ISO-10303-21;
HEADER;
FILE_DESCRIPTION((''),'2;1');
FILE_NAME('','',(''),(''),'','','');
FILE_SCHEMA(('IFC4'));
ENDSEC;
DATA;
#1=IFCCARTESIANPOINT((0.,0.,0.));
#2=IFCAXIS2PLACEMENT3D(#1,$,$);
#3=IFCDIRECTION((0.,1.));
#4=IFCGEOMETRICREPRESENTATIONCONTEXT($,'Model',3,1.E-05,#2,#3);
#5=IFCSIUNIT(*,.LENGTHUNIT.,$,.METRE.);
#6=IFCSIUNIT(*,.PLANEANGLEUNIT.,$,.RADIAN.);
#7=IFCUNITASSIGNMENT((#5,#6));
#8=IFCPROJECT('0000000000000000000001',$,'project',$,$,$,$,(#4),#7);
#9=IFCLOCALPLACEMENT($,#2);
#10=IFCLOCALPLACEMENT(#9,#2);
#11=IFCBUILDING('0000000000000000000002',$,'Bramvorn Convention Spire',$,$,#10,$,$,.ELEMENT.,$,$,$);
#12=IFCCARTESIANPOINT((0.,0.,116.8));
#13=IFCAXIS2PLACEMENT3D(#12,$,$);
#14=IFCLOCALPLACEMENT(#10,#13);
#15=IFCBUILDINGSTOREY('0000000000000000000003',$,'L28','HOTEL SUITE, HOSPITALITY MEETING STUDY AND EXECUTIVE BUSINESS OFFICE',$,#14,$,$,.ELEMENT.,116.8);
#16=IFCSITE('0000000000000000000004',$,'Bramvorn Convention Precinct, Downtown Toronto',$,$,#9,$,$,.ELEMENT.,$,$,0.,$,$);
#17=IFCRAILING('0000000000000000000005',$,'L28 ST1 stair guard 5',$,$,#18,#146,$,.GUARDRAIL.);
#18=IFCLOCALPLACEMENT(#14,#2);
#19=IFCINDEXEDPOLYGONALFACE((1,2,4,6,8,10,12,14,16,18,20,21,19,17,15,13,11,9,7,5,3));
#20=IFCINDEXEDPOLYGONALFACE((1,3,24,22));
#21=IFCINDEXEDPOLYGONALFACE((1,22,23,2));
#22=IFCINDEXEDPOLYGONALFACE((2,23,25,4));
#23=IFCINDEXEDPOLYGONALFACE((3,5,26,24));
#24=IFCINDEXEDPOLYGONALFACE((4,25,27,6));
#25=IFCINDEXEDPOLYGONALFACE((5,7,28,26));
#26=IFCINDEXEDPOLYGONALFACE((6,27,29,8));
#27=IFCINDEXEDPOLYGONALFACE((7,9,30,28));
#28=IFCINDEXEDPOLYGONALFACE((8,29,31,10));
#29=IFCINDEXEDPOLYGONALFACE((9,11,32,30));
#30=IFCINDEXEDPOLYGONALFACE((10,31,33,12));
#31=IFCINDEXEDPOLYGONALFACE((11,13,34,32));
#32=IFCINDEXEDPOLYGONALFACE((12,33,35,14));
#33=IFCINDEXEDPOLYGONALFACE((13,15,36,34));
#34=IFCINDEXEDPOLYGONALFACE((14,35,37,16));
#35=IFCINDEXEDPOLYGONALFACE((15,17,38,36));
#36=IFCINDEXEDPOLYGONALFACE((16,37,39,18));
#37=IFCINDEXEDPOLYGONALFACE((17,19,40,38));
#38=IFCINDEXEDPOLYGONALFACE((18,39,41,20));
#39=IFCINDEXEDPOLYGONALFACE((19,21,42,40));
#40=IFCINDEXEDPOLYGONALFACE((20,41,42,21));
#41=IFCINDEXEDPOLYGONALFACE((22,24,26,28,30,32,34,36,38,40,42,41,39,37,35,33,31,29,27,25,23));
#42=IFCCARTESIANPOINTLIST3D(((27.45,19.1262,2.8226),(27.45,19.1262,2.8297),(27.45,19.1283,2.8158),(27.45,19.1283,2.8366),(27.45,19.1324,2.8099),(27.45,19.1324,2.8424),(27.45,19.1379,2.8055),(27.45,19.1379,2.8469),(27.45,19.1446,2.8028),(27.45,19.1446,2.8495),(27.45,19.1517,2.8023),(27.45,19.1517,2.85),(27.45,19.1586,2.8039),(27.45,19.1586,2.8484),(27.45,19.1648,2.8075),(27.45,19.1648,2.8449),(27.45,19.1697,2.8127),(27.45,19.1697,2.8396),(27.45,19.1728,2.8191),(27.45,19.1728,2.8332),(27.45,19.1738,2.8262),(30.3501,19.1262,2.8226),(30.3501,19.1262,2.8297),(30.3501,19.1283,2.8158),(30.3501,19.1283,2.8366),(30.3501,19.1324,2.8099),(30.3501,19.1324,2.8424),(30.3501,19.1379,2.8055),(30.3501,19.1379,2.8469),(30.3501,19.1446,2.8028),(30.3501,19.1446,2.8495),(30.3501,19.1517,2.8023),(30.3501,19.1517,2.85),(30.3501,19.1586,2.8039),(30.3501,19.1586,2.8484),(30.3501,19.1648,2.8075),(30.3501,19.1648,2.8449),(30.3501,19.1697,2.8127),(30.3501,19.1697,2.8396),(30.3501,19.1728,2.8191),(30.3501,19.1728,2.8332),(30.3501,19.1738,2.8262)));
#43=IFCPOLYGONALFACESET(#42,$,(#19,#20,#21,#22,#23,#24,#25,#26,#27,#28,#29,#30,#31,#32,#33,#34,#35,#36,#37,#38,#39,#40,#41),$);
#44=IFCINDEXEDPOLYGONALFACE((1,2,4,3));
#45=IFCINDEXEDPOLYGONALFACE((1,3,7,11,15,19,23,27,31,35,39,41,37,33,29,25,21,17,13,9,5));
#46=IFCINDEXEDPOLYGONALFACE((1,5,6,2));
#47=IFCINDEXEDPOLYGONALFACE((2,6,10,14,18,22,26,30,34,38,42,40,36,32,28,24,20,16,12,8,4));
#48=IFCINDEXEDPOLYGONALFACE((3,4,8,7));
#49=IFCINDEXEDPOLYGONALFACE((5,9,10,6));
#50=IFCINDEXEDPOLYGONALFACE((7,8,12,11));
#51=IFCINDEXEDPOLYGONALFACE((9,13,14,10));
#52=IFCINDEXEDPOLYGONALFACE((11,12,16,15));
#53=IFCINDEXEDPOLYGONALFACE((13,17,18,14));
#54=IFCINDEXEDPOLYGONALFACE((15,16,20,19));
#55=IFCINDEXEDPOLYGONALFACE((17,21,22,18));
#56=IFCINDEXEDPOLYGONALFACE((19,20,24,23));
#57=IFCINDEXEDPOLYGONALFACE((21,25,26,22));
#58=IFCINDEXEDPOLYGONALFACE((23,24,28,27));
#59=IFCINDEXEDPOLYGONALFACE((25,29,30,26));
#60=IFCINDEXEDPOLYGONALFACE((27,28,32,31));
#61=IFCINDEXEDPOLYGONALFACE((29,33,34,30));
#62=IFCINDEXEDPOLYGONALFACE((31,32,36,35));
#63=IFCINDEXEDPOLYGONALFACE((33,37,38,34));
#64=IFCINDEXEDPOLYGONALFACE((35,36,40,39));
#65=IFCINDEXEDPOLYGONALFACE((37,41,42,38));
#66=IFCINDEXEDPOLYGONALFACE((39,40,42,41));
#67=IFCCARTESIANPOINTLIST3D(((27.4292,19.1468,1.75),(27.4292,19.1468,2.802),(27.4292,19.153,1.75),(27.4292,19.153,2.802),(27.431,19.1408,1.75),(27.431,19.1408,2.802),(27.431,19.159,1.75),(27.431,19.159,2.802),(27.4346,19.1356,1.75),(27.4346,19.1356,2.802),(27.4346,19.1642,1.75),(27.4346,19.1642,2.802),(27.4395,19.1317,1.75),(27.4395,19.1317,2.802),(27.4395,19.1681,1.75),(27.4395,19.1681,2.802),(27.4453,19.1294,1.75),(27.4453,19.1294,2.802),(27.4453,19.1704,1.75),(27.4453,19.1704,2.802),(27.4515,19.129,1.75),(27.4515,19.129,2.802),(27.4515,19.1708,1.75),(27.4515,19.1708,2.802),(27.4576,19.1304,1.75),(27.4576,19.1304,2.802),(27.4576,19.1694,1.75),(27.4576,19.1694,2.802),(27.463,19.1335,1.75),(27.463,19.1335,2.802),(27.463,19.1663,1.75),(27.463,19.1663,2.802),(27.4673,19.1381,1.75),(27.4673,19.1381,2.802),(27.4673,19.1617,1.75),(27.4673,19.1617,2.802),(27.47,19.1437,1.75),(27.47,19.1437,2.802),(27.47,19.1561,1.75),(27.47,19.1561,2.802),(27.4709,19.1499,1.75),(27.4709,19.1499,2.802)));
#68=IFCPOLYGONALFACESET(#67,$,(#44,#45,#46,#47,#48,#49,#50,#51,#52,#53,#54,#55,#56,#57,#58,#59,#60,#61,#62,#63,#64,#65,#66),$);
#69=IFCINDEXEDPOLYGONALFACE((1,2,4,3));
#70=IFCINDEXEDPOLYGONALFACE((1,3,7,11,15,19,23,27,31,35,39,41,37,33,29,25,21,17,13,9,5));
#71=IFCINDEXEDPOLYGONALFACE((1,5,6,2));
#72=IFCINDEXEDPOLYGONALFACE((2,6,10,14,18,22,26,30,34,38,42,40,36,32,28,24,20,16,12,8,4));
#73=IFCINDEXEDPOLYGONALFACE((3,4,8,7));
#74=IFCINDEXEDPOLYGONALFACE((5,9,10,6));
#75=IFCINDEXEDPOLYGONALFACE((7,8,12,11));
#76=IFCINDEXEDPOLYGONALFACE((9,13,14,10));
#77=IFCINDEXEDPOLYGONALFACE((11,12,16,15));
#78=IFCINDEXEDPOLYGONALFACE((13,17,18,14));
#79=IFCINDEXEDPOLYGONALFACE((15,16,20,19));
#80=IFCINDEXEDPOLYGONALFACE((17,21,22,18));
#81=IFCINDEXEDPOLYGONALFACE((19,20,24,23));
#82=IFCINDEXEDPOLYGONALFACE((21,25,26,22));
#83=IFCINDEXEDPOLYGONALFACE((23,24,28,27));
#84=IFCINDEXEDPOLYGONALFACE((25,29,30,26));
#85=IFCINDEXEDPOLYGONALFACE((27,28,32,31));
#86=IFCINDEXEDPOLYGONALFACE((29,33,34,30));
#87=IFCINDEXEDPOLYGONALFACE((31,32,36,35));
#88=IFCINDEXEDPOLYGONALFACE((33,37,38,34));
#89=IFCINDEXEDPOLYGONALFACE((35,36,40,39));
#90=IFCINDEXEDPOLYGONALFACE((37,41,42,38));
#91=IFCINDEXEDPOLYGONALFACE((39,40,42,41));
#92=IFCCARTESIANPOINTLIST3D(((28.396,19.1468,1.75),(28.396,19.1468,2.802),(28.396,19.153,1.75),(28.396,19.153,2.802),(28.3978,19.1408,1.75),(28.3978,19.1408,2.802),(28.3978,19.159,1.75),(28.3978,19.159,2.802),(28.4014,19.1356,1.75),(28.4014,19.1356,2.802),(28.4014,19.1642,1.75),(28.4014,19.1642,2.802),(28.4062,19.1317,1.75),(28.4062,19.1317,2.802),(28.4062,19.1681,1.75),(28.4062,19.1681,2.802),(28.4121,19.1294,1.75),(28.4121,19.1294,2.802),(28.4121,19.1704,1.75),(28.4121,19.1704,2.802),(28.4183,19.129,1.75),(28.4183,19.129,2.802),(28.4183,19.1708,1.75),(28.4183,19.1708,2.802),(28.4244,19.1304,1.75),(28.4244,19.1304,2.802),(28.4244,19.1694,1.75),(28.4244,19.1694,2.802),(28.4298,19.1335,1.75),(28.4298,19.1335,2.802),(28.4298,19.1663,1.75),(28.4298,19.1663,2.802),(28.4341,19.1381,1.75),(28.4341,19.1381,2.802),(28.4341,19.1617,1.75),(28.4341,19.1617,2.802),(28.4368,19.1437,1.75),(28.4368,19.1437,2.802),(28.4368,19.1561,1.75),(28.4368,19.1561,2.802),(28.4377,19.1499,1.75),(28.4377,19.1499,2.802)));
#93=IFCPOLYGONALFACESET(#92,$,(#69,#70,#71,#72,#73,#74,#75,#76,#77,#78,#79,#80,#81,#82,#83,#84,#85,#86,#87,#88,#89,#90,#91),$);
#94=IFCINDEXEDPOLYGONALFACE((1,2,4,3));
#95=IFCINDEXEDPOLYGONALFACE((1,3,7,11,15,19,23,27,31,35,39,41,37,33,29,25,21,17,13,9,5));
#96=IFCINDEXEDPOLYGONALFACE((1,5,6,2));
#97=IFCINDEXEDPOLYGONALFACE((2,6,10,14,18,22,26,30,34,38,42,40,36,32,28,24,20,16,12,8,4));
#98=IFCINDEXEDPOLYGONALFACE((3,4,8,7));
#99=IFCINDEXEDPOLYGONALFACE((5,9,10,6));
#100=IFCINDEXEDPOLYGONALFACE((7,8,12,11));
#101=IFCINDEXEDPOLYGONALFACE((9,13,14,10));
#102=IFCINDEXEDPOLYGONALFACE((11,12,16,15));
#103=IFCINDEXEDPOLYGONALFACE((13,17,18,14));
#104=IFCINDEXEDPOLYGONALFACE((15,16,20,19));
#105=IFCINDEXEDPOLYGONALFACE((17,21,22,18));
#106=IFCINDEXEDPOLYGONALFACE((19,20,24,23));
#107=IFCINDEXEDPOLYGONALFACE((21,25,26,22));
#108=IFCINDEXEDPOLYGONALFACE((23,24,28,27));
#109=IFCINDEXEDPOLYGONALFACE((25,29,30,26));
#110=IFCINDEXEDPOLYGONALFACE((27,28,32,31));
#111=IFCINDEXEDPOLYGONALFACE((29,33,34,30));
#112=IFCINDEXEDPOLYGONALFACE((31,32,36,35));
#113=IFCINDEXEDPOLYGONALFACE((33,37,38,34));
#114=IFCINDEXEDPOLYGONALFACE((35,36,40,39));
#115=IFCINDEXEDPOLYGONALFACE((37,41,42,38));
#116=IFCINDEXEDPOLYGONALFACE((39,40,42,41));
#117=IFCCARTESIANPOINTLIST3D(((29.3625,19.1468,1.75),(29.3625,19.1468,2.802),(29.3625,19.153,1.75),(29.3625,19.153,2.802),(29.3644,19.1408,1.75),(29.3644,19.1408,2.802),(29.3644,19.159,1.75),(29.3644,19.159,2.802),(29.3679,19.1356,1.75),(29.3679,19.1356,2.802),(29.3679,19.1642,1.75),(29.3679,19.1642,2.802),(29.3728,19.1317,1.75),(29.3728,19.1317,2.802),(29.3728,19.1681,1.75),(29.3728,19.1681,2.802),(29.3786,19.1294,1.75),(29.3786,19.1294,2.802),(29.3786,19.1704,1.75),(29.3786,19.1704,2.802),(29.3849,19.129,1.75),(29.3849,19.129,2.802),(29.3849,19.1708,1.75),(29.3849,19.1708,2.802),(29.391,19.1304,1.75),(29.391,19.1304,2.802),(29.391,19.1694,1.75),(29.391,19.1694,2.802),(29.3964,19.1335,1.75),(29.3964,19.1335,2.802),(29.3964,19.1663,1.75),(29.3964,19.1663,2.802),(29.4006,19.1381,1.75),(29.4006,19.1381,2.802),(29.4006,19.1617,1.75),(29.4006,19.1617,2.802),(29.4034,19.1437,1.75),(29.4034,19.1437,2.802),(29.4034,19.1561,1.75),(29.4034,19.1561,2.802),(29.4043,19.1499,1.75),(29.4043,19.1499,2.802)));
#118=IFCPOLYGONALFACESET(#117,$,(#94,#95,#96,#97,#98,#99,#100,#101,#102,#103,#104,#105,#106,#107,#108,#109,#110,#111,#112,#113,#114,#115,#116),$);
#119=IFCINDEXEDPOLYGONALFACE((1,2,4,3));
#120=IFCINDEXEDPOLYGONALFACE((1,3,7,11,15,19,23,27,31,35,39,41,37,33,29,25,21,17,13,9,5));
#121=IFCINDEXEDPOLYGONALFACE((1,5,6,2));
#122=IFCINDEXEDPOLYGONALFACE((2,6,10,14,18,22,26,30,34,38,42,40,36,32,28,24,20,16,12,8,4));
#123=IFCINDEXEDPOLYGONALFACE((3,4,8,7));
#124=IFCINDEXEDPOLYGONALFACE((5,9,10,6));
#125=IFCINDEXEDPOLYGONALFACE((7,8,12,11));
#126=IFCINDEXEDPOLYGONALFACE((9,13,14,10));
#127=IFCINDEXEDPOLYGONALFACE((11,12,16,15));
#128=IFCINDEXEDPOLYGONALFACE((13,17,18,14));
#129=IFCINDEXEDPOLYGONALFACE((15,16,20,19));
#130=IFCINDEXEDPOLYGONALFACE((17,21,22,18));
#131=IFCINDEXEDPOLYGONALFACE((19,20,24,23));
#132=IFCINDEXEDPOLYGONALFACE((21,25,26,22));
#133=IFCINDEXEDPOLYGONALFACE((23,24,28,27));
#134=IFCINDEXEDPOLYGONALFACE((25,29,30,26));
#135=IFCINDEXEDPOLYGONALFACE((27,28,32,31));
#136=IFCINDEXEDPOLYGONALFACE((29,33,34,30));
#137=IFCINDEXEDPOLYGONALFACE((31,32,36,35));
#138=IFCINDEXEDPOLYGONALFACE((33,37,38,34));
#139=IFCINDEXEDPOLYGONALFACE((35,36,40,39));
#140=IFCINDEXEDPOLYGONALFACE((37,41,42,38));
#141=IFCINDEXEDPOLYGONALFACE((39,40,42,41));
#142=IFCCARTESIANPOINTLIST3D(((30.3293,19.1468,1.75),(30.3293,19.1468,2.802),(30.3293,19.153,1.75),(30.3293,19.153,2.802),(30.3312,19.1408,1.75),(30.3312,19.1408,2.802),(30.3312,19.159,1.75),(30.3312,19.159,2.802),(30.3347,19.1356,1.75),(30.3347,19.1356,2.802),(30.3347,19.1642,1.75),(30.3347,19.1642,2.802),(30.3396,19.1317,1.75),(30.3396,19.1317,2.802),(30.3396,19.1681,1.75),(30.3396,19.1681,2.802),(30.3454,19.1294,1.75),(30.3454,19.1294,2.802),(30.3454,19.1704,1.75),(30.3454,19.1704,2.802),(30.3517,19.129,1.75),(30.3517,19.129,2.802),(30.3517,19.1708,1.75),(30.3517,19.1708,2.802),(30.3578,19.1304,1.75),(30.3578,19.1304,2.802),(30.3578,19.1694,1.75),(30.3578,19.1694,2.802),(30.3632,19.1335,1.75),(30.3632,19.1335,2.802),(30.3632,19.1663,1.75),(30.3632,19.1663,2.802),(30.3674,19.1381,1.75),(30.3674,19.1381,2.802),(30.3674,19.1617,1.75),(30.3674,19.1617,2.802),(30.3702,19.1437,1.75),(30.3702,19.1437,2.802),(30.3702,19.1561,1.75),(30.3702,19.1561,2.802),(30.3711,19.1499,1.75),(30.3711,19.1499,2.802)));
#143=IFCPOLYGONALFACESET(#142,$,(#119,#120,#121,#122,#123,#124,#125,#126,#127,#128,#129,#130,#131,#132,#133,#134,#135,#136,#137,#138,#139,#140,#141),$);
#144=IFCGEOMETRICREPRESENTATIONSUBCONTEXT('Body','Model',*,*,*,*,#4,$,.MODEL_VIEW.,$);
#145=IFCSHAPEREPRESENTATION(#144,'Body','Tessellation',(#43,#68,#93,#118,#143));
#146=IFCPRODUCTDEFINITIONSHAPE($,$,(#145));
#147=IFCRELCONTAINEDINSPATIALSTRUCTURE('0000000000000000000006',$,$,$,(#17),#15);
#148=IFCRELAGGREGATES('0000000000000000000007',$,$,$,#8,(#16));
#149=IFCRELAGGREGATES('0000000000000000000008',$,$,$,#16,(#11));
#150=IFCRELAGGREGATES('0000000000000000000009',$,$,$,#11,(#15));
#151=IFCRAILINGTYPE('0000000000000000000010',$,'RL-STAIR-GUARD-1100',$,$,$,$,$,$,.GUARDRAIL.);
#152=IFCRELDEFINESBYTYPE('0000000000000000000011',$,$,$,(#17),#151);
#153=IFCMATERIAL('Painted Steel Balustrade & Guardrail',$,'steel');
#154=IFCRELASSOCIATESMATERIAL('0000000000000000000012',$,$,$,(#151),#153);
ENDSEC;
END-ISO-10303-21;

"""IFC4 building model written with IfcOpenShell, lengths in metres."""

from ifc_helpers import new_model, si_unit, direction, frame, origin, origin_2d, place, context, subcontext, project, spatial, circle, extrude, material, type_object, element, save


model = new_model("IFC4")

# Units and contexts
model_context = context("Model", 3, precision=1e-05, world=origin(), true_north=direction((0.0, 1.0)))
body_context = subcontext(model_context, "Body", "Model", "MODEL_VIEW")
ifc_project = project(units=[si_unit("LENGTHUNIT", "METRE"), si_unit("PLANEANGLEUNIT", "RADIAN")], contexts=[model_context])

# Site, building, storey
site_placement = place(None, origin())
site = spatial("IfcSite", under=ifc_project, at=site_placement, Name="Bramvorn Convention Precinct, Downtown Toronto", CompositionType="ELEMENT", RefElevation=0.0)
building_placement = place(site_placement, origin())
building = spatial("IfcBuilding", under=site, at=building_placement, Name="Bramvorn Convention Spire", CompositionType="ELEMENT")
storey_placement = place(building_placement, frame((0.0, 0.0, 116.8)))
storey = spatial("IfcBuildingStorey", under=building, at=storey_placement, Name="L28", Description="HOTEL SUITE, HOSPITALITY MEETING STUDY AND EXECUTIVE BUSINESS OFFICE", CompositionType="ELEMENT", Elevation=116.8)

# Railing
ifc_material_1 = material(Name="Painted Steel Balustrade & Guardrail", Category="steel")
railing_type = type_object("IfcRailingType", Name="RL-STAIR-GUARD-1100", PredefinedType="GUARDRAIL", material=ifc_material_1)
railing_1_placement = place(storey_placement, frame((27.45, 19.1499, 1.75)))
element("IfcRailing", 1, at=railing_1_placement, inside=storey, type_object=railing_type, Name="L28 ST1 stair guard 5", PredefinedType="GUARDRAIL", context=body_context, shape_type="SweptSolid", body=[
    extrude(circle(Radius=0.0239, at=origin_2d()), frame((0.0, 0.0, 1.0762), z_axis=(1.0, 0.0, 0.0), x_axis=(0.0, 1.0, 0.0)), (0.0, 0.0, 1.0), 2.9001),
    extrude(circle(Radius=0.021, at=origin_2d()), origin(), (0.0, 0.0, 1.0), 1.052),
    extrude(circle(Radius=0.021, at=origin_2d()), frame((0.9668, 0.0, 0.0)), (0.0, 0.0, 1.0), 1.052),
    extrude(circle(Radius=0.021, at=origin_2d()), frame((1.9333, 0.0, 0.0)), (0.0, 0.0, 1.0), 1.052),
    extrude(circle(Radius=0.021, at=origin_2d()), frame((2.9001, 0.0, 0.0)), (0.0, 0.0, 1.0), 1.052),
])

save(model, "model.ifc")
